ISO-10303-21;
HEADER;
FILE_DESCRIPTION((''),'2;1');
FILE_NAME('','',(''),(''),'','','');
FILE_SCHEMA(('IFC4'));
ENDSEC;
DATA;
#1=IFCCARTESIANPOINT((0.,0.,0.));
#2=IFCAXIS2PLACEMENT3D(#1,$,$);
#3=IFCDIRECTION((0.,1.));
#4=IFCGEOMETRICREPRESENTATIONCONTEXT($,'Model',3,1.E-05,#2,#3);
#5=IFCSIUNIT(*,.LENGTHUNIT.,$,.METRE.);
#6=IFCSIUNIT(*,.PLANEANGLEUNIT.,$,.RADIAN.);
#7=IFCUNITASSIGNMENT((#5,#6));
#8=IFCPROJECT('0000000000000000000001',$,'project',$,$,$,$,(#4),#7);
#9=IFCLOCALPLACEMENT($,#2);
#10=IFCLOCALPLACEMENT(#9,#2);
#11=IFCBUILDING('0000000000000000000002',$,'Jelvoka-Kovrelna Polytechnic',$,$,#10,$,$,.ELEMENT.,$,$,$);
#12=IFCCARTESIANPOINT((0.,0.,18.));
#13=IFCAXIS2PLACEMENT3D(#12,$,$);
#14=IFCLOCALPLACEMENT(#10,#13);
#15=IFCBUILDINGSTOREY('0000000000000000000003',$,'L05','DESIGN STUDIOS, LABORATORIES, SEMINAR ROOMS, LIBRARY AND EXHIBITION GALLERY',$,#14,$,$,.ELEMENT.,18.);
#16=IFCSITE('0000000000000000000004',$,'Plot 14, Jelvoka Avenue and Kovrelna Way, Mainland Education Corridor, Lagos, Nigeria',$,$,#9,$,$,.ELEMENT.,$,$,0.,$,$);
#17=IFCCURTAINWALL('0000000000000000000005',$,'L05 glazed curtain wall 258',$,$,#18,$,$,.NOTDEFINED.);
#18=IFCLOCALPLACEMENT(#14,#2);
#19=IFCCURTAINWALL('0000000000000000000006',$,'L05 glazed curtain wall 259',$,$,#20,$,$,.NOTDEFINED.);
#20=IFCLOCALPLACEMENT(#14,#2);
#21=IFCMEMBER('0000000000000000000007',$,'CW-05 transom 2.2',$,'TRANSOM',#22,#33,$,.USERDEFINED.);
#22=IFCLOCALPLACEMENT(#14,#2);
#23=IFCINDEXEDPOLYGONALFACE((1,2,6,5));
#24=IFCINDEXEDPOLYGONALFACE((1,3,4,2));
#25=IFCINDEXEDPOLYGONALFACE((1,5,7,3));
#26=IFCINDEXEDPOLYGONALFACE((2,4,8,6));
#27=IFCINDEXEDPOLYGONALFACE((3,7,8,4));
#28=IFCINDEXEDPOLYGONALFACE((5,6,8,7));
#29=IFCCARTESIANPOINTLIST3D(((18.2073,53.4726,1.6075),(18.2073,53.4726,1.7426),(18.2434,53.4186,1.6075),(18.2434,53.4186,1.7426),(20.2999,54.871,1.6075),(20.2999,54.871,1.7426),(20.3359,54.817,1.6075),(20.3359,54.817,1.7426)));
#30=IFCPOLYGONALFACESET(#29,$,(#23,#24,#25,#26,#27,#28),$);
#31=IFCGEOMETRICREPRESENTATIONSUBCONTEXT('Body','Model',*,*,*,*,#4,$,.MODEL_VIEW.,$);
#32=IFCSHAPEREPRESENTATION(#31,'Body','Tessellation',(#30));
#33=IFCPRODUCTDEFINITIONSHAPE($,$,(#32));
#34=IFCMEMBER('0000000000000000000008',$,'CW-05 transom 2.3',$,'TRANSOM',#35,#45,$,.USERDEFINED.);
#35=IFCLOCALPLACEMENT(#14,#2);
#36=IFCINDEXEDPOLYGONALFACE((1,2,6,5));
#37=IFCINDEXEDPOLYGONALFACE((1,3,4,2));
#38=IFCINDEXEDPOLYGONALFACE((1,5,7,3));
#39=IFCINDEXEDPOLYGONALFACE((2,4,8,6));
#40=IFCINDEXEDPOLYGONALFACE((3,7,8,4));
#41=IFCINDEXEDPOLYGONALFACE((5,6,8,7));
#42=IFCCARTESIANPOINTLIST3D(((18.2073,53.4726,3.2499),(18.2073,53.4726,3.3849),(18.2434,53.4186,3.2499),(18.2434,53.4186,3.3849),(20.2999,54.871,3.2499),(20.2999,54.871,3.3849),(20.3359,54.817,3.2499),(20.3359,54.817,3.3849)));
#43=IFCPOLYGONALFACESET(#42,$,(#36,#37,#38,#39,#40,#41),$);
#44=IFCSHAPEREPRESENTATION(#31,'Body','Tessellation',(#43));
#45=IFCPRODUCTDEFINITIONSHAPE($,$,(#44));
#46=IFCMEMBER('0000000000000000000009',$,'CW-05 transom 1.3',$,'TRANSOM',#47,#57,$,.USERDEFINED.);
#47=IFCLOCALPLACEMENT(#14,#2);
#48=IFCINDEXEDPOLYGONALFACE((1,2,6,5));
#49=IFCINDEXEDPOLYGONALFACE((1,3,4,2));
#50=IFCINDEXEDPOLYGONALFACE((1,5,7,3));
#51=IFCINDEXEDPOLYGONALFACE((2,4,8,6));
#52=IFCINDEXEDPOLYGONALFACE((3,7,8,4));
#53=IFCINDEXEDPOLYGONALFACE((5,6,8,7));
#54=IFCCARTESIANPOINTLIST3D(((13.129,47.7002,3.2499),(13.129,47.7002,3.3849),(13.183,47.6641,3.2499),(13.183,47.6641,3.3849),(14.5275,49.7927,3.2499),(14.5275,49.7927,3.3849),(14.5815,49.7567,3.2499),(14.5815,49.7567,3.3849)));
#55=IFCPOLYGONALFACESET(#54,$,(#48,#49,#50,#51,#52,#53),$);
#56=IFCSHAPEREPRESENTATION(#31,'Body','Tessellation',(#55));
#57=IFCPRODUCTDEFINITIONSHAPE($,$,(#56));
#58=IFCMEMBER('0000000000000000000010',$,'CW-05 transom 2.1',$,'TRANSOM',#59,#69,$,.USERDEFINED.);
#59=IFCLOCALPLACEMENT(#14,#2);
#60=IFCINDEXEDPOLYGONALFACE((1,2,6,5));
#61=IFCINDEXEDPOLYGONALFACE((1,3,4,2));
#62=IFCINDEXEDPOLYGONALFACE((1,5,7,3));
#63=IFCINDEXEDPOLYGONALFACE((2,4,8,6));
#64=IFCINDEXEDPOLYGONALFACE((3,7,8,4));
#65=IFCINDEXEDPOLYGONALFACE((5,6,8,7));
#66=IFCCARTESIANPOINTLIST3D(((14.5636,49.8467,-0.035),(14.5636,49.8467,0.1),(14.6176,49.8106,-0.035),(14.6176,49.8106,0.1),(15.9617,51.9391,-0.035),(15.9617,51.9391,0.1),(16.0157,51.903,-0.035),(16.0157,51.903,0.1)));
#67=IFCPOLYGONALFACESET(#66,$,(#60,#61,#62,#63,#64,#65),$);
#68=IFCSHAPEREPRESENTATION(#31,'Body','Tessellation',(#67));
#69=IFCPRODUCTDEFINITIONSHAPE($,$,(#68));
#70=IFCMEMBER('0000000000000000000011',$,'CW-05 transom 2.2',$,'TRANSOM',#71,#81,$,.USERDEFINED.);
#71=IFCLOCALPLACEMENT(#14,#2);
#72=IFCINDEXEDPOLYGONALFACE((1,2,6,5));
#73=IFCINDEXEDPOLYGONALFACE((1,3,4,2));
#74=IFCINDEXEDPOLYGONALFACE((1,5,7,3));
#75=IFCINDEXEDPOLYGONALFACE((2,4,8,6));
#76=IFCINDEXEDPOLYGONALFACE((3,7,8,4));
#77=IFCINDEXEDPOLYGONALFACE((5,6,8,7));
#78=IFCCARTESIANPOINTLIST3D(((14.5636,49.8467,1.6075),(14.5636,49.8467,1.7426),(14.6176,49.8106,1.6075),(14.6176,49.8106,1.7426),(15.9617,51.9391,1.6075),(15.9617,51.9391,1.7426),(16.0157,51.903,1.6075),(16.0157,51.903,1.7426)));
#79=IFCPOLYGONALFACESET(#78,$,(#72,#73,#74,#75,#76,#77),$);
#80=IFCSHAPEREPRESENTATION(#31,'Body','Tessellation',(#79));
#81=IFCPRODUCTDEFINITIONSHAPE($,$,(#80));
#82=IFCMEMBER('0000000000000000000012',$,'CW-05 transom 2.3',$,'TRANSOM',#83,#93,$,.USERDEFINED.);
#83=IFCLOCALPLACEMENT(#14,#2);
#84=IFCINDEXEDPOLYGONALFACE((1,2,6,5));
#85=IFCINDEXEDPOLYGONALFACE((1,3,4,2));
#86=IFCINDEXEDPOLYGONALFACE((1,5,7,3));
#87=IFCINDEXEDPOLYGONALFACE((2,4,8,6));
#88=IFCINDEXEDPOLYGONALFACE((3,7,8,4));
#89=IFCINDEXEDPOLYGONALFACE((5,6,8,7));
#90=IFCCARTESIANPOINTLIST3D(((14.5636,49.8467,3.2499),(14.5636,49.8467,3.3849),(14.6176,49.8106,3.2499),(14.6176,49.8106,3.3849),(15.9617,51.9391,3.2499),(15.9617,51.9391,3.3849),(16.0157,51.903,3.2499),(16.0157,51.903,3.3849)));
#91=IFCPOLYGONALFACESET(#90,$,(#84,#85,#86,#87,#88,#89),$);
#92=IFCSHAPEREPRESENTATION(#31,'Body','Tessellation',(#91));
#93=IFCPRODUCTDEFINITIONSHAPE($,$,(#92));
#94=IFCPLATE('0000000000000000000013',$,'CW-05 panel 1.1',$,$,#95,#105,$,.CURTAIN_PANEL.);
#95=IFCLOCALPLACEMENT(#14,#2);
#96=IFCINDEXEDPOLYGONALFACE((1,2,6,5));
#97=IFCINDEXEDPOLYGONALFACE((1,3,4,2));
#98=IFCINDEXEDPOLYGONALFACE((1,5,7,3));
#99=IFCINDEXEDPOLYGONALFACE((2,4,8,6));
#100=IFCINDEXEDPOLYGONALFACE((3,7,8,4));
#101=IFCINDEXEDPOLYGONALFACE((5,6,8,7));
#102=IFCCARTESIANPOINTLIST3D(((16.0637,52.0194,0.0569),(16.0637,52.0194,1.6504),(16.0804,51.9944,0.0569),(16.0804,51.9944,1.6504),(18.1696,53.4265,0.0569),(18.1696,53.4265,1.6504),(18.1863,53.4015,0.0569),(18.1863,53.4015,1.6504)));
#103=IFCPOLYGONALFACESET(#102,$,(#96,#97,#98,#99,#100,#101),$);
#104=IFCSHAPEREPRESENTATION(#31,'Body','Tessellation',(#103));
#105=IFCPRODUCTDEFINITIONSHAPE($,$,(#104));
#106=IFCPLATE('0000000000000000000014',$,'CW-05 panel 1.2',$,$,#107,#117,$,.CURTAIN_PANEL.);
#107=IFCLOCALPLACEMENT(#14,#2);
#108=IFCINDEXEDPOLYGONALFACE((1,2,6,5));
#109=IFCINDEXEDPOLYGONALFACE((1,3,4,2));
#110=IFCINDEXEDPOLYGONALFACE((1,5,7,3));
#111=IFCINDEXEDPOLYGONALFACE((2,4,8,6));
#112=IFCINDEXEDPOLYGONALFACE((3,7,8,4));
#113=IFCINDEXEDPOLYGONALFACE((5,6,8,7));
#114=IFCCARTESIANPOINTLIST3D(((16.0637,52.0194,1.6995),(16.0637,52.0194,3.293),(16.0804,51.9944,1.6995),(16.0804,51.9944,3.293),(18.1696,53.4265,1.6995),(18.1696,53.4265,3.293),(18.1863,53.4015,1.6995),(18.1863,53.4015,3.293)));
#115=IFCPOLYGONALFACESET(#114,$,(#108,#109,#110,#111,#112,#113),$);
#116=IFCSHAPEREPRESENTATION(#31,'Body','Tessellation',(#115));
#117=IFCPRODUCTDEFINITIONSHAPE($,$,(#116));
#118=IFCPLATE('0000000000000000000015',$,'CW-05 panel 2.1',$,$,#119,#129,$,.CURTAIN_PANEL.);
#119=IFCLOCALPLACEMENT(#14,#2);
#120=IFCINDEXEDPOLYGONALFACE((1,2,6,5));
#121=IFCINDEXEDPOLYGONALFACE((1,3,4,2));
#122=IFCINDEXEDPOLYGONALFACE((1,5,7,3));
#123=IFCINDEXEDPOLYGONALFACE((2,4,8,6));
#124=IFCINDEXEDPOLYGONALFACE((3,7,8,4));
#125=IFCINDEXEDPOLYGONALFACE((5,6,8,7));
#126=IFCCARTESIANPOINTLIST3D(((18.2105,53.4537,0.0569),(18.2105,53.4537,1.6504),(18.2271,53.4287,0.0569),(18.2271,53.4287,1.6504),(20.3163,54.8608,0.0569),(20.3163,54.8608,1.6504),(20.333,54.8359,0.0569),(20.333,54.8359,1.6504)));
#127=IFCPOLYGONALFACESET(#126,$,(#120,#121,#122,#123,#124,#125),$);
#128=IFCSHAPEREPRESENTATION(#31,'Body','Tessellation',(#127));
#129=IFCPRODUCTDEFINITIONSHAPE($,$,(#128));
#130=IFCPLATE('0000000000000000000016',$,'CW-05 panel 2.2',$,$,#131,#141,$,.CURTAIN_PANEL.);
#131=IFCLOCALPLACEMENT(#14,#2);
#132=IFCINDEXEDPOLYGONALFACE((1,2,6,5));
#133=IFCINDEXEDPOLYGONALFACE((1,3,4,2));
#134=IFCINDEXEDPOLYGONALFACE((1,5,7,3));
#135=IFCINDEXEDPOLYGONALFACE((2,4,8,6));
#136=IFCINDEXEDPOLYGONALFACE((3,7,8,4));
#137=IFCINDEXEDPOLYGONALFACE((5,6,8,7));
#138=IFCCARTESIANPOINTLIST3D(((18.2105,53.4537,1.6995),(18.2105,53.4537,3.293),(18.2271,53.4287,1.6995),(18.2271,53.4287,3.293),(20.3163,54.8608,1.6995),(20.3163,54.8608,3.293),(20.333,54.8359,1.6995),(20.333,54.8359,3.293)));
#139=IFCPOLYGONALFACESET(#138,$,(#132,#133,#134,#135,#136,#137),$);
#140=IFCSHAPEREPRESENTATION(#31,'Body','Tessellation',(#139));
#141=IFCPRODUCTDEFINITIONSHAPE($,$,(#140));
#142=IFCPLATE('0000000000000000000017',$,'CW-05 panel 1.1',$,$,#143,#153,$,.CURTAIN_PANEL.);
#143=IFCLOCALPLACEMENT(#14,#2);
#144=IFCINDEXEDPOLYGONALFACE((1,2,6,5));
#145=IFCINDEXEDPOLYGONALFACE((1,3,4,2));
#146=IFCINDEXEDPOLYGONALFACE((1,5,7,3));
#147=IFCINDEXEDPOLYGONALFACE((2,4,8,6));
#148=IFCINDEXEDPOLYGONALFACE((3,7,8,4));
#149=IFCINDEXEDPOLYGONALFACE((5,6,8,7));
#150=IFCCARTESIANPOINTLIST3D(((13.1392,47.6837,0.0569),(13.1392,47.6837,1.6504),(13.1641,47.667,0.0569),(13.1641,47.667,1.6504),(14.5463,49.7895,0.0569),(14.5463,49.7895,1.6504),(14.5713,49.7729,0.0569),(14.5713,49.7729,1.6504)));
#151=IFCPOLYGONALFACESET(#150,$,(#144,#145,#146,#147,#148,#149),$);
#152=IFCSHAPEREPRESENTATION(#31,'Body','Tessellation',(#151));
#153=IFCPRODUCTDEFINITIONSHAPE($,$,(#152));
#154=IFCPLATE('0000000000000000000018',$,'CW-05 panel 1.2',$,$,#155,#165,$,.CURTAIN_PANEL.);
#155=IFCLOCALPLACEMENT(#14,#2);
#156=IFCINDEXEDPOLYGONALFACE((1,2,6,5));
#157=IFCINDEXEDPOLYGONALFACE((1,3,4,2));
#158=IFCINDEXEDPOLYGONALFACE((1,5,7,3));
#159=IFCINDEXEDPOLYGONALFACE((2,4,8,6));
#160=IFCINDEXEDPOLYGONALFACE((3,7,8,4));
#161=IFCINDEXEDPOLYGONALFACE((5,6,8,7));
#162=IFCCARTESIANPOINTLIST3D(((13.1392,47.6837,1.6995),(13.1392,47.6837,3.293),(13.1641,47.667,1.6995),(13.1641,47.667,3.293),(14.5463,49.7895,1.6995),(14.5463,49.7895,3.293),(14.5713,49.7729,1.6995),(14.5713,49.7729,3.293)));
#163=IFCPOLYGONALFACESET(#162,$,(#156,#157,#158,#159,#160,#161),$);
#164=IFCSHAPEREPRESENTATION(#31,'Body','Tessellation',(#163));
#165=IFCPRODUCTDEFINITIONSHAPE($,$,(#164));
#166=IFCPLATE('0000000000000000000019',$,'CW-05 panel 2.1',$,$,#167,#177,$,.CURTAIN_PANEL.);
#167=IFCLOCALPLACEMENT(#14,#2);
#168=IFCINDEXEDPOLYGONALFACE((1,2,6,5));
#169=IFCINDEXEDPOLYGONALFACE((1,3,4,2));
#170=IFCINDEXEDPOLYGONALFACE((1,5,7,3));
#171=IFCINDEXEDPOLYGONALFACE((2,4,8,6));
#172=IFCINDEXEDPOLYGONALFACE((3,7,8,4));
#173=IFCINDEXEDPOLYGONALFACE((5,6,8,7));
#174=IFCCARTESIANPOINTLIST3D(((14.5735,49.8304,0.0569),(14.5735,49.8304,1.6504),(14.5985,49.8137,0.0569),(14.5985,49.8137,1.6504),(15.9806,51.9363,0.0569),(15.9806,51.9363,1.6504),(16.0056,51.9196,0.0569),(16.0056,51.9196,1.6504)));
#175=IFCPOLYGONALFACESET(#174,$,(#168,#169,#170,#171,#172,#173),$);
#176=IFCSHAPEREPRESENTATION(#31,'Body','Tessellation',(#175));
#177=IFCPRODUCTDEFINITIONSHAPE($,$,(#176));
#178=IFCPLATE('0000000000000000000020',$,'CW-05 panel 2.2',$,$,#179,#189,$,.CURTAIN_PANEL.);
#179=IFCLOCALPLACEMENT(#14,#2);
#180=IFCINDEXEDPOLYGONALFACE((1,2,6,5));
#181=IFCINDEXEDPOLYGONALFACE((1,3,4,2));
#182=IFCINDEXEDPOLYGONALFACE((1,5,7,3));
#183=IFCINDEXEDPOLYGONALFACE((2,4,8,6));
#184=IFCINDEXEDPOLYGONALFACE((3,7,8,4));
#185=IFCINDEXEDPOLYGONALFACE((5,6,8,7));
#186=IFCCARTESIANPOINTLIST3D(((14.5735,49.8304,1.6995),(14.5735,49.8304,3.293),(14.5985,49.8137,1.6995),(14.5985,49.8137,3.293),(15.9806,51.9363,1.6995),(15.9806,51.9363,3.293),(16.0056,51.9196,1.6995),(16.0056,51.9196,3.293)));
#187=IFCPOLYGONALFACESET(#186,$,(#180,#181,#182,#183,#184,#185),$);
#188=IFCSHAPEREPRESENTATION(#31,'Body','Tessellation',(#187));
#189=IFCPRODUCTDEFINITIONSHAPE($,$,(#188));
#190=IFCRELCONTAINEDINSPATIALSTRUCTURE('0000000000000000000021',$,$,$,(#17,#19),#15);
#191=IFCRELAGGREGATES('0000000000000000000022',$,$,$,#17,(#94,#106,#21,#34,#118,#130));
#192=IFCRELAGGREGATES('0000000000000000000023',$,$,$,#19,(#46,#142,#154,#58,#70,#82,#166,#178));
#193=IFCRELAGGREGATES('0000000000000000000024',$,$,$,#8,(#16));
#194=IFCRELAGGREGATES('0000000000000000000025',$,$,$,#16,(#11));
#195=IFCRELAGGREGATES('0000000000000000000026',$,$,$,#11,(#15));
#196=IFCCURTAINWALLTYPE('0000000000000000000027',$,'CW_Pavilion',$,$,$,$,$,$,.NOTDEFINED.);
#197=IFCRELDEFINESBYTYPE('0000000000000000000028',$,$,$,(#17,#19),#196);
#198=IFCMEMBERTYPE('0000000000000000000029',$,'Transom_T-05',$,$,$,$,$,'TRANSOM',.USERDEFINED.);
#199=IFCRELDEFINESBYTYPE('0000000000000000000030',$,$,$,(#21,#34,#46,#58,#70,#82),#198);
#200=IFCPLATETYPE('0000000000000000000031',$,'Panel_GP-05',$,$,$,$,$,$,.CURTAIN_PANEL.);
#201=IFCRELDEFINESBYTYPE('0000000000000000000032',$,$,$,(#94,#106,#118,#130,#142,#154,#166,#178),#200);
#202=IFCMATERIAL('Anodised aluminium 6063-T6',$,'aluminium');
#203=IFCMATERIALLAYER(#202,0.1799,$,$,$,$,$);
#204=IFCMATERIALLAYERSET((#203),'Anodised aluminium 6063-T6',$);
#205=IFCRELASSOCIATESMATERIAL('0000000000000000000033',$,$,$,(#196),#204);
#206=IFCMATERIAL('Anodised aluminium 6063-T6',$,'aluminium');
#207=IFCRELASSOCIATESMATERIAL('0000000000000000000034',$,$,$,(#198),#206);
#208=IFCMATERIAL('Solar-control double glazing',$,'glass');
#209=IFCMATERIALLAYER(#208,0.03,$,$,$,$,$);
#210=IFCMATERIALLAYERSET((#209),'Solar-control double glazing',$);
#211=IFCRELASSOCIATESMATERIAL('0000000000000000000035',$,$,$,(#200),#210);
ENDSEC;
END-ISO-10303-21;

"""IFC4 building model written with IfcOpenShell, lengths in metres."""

from ifc_helpers import new_model, si_unit, direction, frame, origin, origin_2d, place, context, subcontext, project, spatial, rectangle, extrude, material, layer, layer_set, material_profile, profile_set, type_object, element, aggregate, save


model = new_model("IFC4")

# Units and contexts
model_context = context("Model", 3, precision=1e-05, world=origin(), true_north=direction((0.0, 1.0)))
body_context = subcontext(model_context, "Body", "Model", "MODEL_VIEW")
ifc_project = project(units=[si_unit("LENGTHUNIT", "METRE"), si_unit("PLANEANGLEUNIT", "RADIAN")], contexts=[model_context])

# Site, building, storey
site_placement = place(None, origin())
site = spatial("IfcSite", under=ifc_project, at=site_placement, Name="Plot 14, Jelvoka Avenue and Kovrelna Way, Mainland Education Corridor, Lagos, Nigeria", CompositionType="ELEMENT", RefElevation=0.0)
building_placement = place(site_placement, origin())
building = spatial("IfcBuilding", under=site, at=building_placement, Name="Jelvoka-Kovrelna Polytechnic", CompositionType="ELEMENT")
storey_placement = place(building_placement, frame((0.0, 0.0, 18.0)))
storey = spatial("IfcBuildingStorey", under=building, at=storey_placement, Name="L05", Description="DESIGN STUDIOS, LABORATORIES, SEMINAR ROOMS, LIBRARY AND EXHIBITION GALLERY", CompositionType="ELEMENT", Elevation=18.0)

# Curtain walls
ifc_material_1 = material(Name="Anodised aluminium 6063-T6", Category="aluminium")
ifc_layer_1 = layer(ifc_material_1, 0.1799)
ifc_layer_set_1 = layer_set([ifc_layer_1], Name="Anodised aluminium 6063-T6")
curtain_wall_type = type_object("IfcCurtainWallType", Name="CW_Pavilion", PredefinedType="NOTDEFINED", material=ifc_layer_set_1)
curtain_wall_1_placement = place(storey_placement, origin())
curtain_wall_1 = element("IfcCurtainWall", 1, at=curtain_wall_1_placement, inside=storey, type_object=curtain_wall_type, Name="L05 glazed curtain wall 258", PredefinedType="NOTDEFINED")
curtain_wall_2_placement = place(storey_placement, origin())
curtain_wall_2 = element("IfcCurtainWall", 2, at=curtain_wall_2_placement, inside=storey, type_object=curtain_wall_type, Name="L05 glazed curtain wall 259", PredefinedType="NOTDEFINED")

# Members
ifc_material_2 = material(Name="Anodised aluminium 6063-T6", Category="aluminium")
ifc_material_profile_1 = material_profile(ifc_material_2, rectangle(XDim=0.0649, YDim=0.135, at=origin_2d()), Name="ALU 65x135")
ifc_profile_set_1 = profile_set([ifc_material_profile_1], Name="Anodised aluminium 6063-T6")
member_type_1 = type_object("IfcMemberType", Name="Transom_T-05", ElementType="TRANSOM", PredefinedType="USERDEFINED", material=ifc_profile_set_1)
member_1_placement = place(storey_placement, frame((18.2253, 53.4456, 1.675), z_axis=(0.831423, 0.55564, 0.0), x_axis=(-0.55564, 0.831423, 0.0)))
member_1 = element("IfcMember", 3, at=member_1_placement, type_object=member_type_1, Name="CW-05 transom 2.2", ObjectType="TRANSOM", PredefinedType="USERDEFINED", context=body_context, shape_type="SweptSolid", body=[
    extrude(rectangle(XDim=0.0649, YDim=0.135, at=origin_2d()), origin(), (0.0, 0.0, 1.0), 2.5168),
])
member_2_placement = place(storey_placement, frame((18.2253, 53.4456, 3.3174), z_axis=(0.831423, 0.55564, 0.0), x_axis=(-0.55564, 0.831423, 0.0)))
member_2 = element("IfcMember", 4, at=member_2_placement, type_object=member_type_1, Name="CW-05 transom 2.3", ObjectType="TRANSOM", PredefinedType="USERDEFINED", context=body_context, shape_type="SweptSolid", body=[
    extrude(rectangle(XDim=0.0649, YDim=0.135, at=origin_2d()), origin(), (0.0, 0.0, 1.0), 2.5168),
])
member_3_placement = place(storey_placement, frame((13.156, 47.6821, 3.3174), z_axis=(0.55564, 0.831423, 0.0), x_axis=(-0.831423, 0.55564, 0.0)))
member_3 = element("IfcMember", 5, at=member_3_placement, type_object=member_type_1, Name="CW-05 transom 1.3", ObjectType="TRANSOM", PredefinedType="USERDEFINED", context=body_context, shape_type="SweptSolid", body=[
    extrude(rectangle(XDim=0.0649, YDim=0.135, at=origin_2d()), origin(), (0.0, 0.0, 1.0), 2.5168),
])
member_4_placement = place(storey_placement, frame((14.5906, 49.8286, 0.0325), z_axis=(0.555573, 0.831468, 0.0), x_axis=(-0.831468, 0.555573, 0.0)))
member_4 = element("IfcMember", 6, at=member_4_placement, type_object=member_type_1, Name="CW-05 transom 2.1", ObjectType="TRANSOM", PredefinedType="USERDEFINED", context=body_context, shape_type="SweptSolid", body=[
    extrude(rectangle(XDim=0.0649, YDim=0.135, at=origin_2d()), origin(), (0.0, 0.0, 1.0), 2.5166),
])
member_5_placement = place(storey_placement, frame((14.5906, 49.8286, 1.675), z_axis=(0.555573, 0.831468, 0.0), x_axis=(-0.831468, 0.555573, 0.0)))
member_5 = element("IfcMember", 7, at=member_5_placement, type_object=member_type_1, Name="CW-05 transom 2.2", ObjectType="TRANSOM", PredefinedType="USERDEFINED", context=body_context, shape_type="SweptSolid", body=[
    extrude(rectangle(XDim=0.0649, YDim=0.135, at=origin_2d()), origin(), (0.0, 0.0, 1.0), 2.5166),
])
member_6_placement = place(storey_placement, frame((14.5906, 49.8286, 3.3174), z_axis=(0.555573, 0.831468, 0.0), x_axis=(-0.831468, 0.555573, 0.0)))
member_6 = element("IfcMember", 8, at=member_6_placement, type_object=member_type_1, Name="CW-05 transom 2.3", ObjectType="TRANSOM", PredefinedType="USERDEFINED", context=body_context, shape_type="SweptSolid", body=[
    extrude(rectangle(XDim=0.0649, YDim=0.135, at=origin_2d()), origin(), (0.0, 0.0, 1.0), 2.5166),
])

# Plates
ifc_material_3 = material(Name="Solar-control double glazing", Category="glass")
ifc_layer_2 = layer(ifc_material_3, 0.03)
ifc_layer_set_2 = layer_set([ifc_layer_2], Name="Solar-control double glazing")
plate_type = type_object("IfcPlateType", Name="Panel_GP-05", PredefinedType="CURTAIN_PANEL", material=ifc_layer_set_2)
plate_1_placement = place(storey_placement, frame((17.125, 52.7104, 0.0569), z_axis=(0.0, 0.0, 1.0), x_axis=(0.831461, 0.555583, 0.0)))
plate_1 = element("IfcPlate", 9, at=plate_1_placement, type_object=plate_type, Name="CW-05 panel 1.1", PredefinedType="CURTAIN_PANEL", context=body_context, shape_type="SweptSolid", body=[
    extrude(rectangle(XDim=2.5327, YDim=0.03, at=origin_2d()), origin(), (0.0, 0.0, 1.0), 1.5935),
])
plate_2_placement = place(storey_placement, frame((17.125, 52.7104, 1.6995), z_axis=(0.0, 0.0, 1.0), x_axis=(0.831461, 0.555583, 0.0)))
plate_2 = element("IfcPlate", 10, at=plate_2_placement, type_object=plate_type, Name="CW-05 panel 1.2", PredefinedType="CURTAIN_PANEL", context=body_context, shape_type="SweptSolid", body=[
    extrude(rectangle(XDim=2.5327, YDim=0.03, at=origin_2d()), origin(), (0.0, 0.0, 1.0), 1.5935),
])
plate_3_placement = place(storey_placement, frame((19.2717, 54.1448, 0.0569), z_axis=(0.0, 0.0, 1.0), x_axis=(0.831461, 0.555583, 0.0)))
plate_3 = element("IfcPlate", 11, at=plate_3_placement, type_object=plate_type, Name="CW-05 panel 2.1", PredefinedType="CURTAIN_PANEL", context=body_context, shape_type="SweptSolid", body=[
    extrude(rectangle(XDim=2.5327, YDim=0.03, at=origin_2d()), origin(), (0.0, 0.0, 1.0), 1.5935),
])
plate_4_placement = place(storey_placement, frame((19.2717, 54.1448, 1.6995), z_axis=(0.0, 0.0, 1.0), x_axis=(0.831461, 0.555583, 0.0)))
plate_4 = element("IfcPlate", 12, at=plate_4_placement, type_object=plate_type, Name="CW-05 panel 2.2", PredefinedType="CURTAIN_PANEL", context=body_context, shape_type="SweptSolid", body=[
    extrude(rectangle(XDim=2.5327, YDim=0.03, at=origin_2d()), origin(), (0.0, 0.0, 1.0), 1.5935),
])
aggregate(curtain_wall_1, [plate_1, plate_2, member_1, member_2, plate_3, plate_4])
plate_5_placement = place(storey_placement, frame((13.8552, 48.7283, 0.0569), z_axis=(0.0, 0.0, 1.0), x_axis=(0.555583, 0.831461, 0.0)))
plate_5 = element("IfcPlate", 13, at=plate_5_placement, type_object=plate_type, Name="CW-05 panel 1.1", PredefinedType="CURTAIN_PANEL", context=body_context, shape_type="SweptSolid", body=[
    extrude(rectangle(XDim=2.5327, YDim=0.03, at=origin_2d()), origin(), (0.0, 0.0, 1.0), 1.5935),
])
plate_6_placement = place(storey_placement, frame((13.8552, 48.7283, 1.6995), z_axis=(0.0, 0.0, 1.0), x_axis=(0.555583, 0.831461, 0.0)))
plate_6 = element("IfcPlate", 14, at=plate_6_placement, type_object=plate_type, Name="CW-05 panel 1.2", PredefinedType="CURTAIN_PANEL", context=body_context, shape_type="SweptSolid", body=[
    extrude(rectangle(XDim=2.5327, YDim=0.03, at=origin_2d()), origin(), (0.0, 0.0, 1.0), 1.5935),
])
plate_7_placement = place(storey_placement, frame((15.2896, 50.875, 0.0569), z_axis=(0.0, 0.0, 1.0), x_axis=(0.555583, 0.831461, 0.0)))
plate_7 = element("IfcPlate", 15, at=plate_7_placement, type_object=plate_type, Name="CW-05 panel 2.1", PredefinedType="CURTAIN_PANEL", context=body_context, shape_type="SweptSolid", body=[
    extrude(rectangle(XDim=2.5327, YDim=0.03, at=origin_2d()), origin(), (0.0, 0.0, 1.0), 1.5935),
])
plate_8_placement = place(storey_placement, frame((15.2896, 50.875, 1.6995), z_axis=(0.0, 0.0, 1.0), x_axis=(0.555583, 0.831461, 0.0)))
plate_8 = element("IfcPlate", 16, at=plate_8_placement, type_object=plate_type, Name="CW-05 panel 2.2", PredefinedType="CURTAIN_PANEL", context=body_context, shape_type="SweptSolid", body=[
    extrude(rectangle(XDim=2.5327, YDim=0.03, at=origin_2d()), origin(), (0.0, 0.0, 1.0), 1.5935),
])
aggregate(curtain_wall_2, [member_3, plate_5, plate_6, member_4, member_5, member_6, plate_7, plate_8])

save(model, "model.ifc")
